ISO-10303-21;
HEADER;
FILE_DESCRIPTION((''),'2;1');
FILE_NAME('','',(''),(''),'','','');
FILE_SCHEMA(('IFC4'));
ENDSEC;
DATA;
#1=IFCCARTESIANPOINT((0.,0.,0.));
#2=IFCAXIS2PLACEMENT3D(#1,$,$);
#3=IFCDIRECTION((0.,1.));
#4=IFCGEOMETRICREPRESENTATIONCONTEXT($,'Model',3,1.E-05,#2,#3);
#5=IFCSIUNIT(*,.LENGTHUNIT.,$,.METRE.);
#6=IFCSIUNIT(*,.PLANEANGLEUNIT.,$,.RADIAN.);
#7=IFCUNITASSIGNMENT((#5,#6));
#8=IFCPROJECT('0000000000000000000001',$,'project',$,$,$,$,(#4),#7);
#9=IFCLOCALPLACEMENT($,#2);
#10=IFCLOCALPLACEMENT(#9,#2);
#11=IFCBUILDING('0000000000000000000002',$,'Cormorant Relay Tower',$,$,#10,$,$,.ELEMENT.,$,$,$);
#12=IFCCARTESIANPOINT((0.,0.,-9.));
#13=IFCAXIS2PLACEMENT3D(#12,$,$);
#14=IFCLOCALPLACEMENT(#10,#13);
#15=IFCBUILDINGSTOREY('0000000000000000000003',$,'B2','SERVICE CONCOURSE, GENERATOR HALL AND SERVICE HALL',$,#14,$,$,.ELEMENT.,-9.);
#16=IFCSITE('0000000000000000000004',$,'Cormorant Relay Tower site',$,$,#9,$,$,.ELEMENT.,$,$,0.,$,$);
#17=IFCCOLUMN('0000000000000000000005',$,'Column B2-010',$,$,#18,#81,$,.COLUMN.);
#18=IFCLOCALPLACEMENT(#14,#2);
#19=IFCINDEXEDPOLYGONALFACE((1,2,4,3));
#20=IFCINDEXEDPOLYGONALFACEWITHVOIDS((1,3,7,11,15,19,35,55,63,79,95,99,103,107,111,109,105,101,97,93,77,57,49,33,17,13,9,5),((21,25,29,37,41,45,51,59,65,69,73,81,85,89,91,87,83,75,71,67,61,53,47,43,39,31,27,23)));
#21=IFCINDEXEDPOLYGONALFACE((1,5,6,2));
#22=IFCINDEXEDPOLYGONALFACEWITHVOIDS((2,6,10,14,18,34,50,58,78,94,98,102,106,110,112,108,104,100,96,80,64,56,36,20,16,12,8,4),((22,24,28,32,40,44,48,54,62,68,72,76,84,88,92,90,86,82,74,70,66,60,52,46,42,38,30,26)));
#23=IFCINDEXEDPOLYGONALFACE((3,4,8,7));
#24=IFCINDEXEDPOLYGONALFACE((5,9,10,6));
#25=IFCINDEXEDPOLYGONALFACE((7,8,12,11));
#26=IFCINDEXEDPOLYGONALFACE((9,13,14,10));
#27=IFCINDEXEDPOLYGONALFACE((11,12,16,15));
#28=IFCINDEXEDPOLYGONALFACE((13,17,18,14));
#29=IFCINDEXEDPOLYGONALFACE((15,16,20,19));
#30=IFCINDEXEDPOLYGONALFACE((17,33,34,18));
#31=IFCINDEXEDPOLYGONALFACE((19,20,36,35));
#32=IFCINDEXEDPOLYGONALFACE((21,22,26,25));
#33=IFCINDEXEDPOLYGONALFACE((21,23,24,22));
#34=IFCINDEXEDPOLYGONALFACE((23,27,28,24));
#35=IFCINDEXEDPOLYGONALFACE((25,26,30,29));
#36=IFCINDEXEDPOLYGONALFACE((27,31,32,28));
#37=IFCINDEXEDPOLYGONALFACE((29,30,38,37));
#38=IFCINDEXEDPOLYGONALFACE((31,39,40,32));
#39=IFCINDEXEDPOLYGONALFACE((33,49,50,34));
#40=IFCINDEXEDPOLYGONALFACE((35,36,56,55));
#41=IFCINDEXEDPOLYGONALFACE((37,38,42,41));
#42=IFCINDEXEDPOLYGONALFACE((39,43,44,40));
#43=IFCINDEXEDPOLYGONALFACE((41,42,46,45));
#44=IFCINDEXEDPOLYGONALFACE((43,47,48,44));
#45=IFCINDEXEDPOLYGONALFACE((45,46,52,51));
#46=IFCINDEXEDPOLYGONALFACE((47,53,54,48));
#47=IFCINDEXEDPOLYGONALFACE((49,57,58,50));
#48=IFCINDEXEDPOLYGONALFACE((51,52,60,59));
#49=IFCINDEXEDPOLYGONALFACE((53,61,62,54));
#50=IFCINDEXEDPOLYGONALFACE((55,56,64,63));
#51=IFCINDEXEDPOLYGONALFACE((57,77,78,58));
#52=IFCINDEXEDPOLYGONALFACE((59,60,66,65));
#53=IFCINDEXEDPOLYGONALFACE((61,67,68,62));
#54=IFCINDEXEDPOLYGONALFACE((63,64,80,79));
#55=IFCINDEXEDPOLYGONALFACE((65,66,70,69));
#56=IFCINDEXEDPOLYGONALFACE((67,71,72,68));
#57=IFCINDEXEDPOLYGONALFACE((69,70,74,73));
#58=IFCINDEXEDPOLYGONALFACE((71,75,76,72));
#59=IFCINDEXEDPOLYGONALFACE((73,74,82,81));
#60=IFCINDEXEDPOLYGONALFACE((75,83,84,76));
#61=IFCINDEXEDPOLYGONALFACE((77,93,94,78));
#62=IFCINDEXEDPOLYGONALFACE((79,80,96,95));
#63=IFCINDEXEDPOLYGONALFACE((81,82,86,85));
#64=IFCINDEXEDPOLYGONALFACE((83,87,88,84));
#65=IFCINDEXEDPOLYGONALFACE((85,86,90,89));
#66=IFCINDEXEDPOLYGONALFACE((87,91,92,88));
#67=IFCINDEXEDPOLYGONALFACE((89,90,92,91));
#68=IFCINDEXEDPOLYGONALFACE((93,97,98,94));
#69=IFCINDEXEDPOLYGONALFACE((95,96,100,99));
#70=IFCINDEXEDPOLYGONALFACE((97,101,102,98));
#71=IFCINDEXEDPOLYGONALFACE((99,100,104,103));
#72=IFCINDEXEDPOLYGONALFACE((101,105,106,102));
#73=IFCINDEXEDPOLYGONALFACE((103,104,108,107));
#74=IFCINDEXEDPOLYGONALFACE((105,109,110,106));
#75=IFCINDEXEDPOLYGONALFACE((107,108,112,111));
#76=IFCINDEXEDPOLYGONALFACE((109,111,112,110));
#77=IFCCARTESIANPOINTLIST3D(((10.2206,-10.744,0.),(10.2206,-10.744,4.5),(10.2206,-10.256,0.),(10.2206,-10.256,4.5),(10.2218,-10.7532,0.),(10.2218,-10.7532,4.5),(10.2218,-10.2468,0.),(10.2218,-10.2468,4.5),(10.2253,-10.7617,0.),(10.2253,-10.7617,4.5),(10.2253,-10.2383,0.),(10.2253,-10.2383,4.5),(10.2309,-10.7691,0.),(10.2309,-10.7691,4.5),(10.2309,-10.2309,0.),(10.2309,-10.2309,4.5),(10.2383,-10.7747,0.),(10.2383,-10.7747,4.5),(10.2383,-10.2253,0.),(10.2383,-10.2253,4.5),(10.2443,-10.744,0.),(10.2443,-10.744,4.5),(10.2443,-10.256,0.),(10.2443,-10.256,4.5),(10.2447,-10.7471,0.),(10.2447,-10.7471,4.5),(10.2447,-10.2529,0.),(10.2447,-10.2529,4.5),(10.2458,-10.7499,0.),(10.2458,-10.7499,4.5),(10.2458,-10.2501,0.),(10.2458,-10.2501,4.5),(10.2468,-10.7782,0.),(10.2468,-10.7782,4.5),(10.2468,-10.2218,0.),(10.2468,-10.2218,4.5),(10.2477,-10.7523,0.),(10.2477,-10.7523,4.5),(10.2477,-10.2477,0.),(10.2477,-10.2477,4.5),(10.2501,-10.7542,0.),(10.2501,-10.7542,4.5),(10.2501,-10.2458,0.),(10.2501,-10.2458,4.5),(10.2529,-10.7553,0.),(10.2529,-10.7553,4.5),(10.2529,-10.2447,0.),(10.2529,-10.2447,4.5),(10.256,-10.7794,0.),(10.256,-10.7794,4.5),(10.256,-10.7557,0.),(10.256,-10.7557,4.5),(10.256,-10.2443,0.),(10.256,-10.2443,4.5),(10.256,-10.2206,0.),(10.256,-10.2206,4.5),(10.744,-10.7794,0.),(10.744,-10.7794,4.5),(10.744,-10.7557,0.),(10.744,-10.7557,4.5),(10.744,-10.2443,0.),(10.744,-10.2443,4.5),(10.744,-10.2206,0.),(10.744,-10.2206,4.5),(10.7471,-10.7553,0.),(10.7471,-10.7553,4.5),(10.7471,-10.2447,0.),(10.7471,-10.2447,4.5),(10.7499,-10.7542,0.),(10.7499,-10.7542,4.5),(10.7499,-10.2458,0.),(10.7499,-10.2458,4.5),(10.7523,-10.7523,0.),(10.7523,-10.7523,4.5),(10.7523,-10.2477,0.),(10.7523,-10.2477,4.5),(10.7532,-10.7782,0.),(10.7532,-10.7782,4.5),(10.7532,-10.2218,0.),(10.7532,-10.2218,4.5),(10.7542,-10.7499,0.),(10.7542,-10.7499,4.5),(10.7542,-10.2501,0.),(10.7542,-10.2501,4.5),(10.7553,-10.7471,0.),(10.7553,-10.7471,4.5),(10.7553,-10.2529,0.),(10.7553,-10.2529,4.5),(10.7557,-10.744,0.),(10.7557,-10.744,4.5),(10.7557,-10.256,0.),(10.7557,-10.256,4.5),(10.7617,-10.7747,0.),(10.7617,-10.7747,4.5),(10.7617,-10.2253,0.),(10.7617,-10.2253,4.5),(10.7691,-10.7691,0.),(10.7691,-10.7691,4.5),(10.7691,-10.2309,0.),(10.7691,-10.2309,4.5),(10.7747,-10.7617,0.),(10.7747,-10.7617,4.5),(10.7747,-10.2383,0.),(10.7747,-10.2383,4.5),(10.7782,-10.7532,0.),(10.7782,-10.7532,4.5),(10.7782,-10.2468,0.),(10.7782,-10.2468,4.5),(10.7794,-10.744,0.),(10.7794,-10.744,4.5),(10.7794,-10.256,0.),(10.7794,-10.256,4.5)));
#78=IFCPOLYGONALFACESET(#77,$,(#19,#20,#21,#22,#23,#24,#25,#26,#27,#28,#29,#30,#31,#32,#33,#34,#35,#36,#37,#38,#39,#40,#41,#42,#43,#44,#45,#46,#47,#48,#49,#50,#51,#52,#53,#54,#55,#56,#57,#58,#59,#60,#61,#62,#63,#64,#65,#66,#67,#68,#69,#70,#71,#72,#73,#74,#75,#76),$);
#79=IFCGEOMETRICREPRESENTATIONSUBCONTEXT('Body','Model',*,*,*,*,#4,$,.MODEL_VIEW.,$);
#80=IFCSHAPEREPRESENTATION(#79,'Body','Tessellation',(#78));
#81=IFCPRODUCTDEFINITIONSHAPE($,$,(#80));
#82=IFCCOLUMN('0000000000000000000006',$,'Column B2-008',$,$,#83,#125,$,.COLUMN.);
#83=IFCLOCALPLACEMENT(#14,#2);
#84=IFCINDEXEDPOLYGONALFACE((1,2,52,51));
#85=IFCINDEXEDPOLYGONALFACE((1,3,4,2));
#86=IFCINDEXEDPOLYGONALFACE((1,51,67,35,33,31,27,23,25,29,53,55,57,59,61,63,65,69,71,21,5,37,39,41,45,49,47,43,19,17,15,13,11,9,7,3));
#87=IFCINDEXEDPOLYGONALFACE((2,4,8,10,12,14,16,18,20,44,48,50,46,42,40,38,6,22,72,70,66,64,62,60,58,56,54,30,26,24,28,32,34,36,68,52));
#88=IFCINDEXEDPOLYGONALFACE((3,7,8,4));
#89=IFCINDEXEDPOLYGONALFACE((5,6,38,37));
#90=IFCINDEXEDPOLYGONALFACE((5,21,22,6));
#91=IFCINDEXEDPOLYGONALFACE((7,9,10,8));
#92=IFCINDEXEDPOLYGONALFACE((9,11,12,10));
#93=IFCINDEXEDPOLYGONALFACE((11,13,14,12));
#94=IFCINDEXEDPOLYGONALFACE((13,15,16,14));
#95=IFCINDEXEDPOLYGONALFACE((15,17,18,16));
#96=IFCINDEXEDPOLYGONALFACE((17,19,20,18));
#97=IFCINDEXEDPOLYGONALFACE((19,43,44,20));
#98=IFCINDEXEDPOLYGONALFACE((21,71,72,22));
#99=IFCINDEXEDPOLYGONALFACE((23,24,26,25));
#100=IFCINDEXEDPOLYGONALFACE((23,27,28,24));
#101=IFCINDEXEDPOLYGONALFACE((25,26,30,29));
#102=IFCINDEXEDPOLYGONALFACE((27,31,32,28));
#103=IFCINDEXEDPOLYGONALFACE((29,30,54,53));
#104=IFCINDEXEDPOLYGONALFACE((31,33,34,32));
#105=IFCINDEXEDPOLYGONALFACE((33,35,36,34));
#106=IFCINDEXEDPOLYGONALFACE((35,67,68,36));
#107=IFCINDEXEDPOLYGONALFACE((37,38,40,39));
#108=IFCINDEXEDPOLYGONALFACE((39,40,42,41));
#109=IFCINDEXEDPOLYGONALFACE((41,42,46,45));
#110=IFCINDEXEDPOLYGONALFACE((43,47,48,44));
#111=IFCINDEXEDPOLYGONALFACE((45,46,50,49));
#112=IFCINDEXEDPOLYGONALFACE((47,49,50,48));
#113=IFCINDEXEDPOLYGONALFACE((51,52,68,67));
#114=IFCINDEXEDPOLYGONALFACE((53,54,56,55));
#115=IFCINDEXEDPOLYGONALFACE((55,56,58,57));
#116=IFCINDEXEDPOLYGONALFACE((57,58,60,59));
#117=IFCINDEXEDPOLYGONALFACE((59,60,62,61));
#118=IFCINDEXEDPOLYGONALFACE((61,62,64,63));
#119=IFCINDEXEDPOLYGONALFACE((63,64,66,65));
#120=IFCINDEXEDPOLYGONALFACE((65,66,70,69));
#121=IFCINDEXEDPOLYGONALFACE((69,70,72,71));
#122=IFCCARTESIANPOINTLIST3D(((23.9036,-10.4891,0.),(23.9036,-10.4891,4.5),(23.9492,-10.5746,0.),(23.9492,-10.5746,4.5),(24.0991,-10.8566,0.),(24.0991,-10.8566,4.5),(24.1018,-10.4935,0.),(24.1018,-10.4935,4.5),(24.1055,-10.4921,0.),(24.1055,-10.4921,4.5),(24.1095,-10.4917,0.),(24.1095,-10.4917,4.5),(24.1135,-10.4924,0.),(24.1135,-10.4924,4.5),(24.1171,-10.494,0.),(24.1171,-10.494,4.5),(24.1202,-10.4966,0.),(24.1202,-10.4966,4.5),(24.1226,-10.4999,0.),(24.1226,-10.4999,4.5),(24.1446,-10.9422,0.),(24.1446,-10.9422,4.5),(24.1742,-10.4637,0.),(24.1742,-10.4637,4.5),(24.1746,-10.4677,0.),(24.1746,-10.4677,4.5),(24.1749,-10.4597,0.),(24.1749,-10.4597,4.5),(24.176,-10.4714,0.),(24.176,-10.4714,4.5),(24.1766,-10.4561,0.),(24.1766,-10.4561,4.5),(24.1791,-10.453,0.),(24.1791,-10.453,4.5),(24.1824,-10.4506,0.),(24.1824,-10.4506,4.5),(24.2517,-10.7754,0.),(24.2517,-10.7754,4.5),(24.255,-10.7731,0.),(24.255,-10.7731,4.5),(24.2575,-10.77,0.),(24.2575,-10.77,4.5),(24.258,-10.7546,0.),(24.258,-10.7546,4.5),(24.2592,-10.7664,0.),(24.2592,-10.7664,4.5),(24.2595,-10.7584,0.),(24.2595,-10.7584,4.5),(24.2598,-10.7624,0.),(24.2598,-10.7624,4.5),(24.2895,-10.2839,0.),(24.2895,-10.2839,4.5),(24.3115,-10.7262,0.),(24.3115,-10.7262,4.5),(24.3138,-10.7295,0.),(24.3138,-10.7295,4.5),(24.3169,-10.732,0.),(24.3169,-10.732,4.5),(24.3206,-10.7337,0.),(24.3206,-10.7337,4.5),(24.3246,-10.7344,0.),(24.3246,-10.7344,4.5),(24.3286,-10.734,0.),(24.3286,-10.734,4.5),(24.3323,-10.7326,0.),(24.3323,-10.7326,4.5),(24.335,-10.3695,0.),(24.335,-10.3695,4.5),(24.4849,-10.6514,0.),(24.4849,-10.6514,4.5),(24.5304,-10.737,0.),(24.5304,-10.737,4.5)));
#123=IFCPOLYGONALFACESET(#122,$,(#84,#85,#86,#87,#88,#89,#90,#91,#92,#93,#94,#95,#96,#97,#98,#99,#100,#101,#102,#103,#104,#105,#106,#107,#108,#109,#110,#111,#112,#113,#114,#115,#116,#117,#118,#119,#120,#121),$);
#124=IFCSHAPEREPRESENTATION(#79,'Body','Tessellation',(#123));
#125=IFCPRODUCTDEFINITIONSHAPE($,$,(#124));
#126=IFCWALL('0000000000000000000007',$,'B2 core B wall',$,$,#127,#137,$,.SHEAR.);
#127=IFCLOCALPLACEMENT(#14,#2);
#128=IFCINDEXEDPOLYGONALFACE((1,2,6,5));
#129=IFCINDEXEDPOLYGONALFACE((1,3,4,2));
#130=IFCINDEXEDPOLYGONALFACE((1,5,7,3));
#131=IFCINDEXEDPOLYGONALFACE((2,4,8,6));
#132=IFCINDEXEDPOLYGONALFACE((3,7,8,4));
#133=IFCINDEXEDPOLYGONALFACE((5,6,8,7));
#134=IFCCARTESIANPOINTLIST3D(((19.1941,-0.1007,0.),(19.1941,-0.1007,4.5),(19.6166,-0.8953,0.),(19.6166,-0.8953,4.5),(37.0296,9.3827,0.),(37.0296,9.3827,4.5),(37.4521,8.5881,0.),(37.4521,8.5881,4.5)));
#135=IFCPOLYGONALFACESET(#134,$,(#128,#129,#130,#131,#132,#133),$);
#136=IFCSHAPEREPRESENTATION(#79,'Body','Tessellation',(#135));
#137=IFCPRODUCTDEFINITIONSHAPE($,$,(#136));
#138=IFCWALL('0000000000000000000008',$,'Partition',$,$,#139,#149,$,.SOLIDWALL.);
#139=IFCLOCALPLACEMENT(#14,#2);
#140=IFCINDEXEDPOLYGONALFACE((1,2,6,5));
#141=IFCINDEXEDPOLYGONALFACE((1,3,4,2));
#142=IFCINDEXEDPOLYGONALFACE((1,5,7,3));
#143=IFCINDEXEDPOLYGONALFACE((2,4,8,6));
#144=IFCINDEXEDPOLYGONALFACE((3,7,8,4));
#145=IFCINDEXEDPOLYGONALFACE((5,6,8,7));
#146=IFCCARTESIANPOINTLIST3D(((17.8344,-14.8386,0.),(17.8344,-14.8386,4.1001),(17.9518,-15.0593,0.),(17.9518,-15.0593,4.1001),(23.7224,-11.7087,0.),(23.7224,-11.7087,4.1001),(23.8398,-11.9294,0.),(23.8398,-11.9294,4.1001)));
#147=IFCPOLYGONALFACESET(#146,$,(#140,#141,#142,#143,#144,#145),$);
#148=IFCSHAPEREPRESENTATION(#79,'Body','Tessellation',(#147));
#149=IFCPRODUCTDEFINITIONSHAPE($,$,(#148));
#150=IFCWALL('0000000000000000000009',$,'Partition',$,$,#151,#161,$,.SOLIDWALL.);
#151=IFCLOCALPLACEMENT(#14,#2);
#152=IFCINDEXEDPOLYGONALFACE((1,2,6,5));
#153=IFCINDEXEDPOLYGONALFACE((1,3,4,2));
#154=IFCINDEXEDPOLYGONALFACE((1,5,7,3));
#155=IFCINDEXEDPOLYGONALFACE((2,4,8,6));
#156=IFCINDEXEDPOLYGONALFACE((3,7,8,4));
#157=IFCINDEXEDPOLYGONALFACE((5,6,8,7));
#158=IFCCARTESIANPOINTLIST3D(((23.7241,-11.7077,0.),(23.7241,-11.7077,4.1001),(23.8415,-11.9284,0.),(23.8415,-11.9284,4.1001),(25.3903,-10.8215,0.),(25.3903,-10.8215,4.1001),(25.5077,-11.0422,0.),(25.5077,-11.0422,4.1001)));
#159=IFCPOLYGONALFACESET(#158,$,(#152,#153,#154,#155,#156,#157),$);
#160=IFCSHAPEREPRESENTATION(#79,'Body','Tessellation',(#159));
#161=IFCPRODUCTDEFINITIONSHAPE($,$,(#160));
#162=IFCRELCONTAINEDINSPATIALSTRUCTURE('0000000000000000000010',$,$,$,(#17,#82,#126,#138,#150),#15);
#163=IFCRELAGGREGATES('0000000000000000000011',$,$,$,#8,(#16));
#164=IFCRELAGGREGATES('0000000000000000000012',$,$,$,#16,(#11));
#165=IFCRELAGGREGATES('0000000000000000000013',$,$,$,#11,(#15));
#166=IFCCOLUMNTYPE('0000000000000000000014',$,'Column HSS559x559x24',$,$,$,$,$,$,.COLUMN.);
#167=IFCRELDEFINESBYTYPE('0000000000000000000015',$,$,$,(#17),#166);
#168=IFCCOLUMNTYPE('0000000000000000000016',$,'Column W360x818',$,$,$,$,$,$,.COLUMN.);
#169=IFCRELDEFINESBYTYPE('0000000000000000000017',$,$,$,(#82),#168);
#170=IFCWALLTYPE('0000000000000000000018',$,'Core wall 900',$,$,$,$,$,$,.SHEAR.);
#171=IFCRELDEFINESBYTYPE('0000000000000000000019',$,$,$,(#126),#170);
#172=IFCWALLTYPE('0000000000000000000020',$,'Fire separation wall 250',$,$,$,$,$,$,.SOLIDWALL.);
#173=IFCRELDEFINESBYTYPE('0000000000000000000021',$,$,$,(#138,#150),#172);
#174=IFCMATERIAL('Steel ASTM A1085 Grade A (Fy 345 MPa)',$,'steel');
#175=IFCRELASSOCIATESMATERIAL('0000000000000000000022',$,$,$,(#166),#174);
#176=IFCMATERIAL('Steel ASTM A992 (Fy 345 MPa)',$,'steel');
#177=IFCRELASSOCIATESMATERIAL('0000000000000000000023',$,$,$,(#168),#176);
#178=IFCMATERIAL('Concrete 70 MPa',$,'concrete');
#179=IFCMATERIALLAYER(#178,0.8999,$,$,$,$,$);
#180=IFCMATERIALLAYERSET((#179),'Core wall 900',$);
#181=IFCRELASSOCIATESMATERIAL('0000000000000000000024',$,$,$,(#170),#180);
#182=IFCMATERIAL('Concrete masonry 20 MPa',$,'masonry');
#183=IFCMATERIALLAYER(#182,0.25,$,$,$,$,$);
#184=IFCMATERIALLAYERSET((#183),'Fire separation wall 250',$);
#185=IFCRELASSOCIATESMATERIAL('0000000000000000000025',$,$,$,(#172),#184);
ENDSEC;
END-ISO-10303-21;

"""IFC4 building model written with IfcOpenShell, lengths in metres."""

from ifc_helpers import new_model, si_unit, direction, frame, frame_2d, origin, origin_2d, place, context, subcontext, project, spatial, rectangle, hollow_rectangle, i_section, extrude, material, layer, layer_set, material_profile, profile_set, type_object, element, save


model = new_model("IFC4")

# Units and contexts
model_context = context("Model", 3, precision=1e-05, world=origin(), true_north=direction((0.0, 1.0)))
body_context = subcontext(model_context, "Body", "Model", "MODEL_VIEW")
ifc_project = project(units=[si_unit("LENGTHUNIT", "METRE"), si_unit("PLANEANGLEUNIT", "RADIAN")], contexts=[model_context])

# Site, building, storey
site_placement = place(None, origin())
site = spatial("IfcSite", under=ifc_project, at=site_placement, Name="Cormorant Relay Tower site", CompositionType="ELEMENT", RefElevation=0.0)
building_placement = place(site_placement, origin())
building = spatial("IfcBuilding", under=site, at=building_placement, Name="Cormorant Relay Tower", CompositionType="ELEMENT")
storey_placement = place(building_placement, frame((0.0, 0.0, -9.0)))
storey = spatial("IfcBuildingStorey", under=building, at=storey_placement, Name="B2", Description="SERVICE CONCOURSE, GENERATOR HALL AND SERVICE HALL", CompositionType="ELEMENT", Elevation=-9.0)

# Columns
ifc_material_1 = material(Name="Steel ASTM A1085 Grade A (Fy 345 MPa)", Category="steel")
ifc_material_profile_1 = material_profile(ifc_material_1, hollow_rectangle(XDim=0.5588, YDim=0.5588, WallThickness=0.0237, InnerFilletRadius=0.0117, OuterFilletRadius=0.0354, at=origin_2d()), Name="HSS559x559x24")
ifc_profile_set_1 = profile_set([ifc_material_profile_1], Name="Steel ASTM A1085 Grade A (Fy 345 MPa)")
column_type_1 = type_object("IfcColumnType", Name="Column HSS559x559x24", PredefinedType="COLUMN", material=ifc_profile_set_1)
column_1_placement = place(storey_placement, frame((10.5, -10.5, 0.0), z_axis=(0.0, 0.0, 1.0), x_axis=(1.0, 0.0, 0.0)))
element("IfcColumn", 1, at=column_1_placement, inside=storey, type_object=column_type_1, Name="Column B2-010", PredefinedType="COLUMN", context=body_context, shape_type="SweptSolid", body=[
    extrude(hollow_rectangle(XDim=0.5588, YDim=0.5588, WallThickness=0.0237, InnerFilletRadius=0.0117, OuterFilletRadius=0.0354, at=origin_2d()), origin(), (0.0, 0.0, 1.0), 4.5),
])
ifc_material_2 = material(Name="Steel ASTM A992 (Fy 345 MPa)", Category="steel")
ifc_material_profile_2 = material_profile(ifc_material_2, i_section(OverallWidth=0.437, OverallDepth=0.5132, WebThickness=0.0605, FlangeThickness=0.0969, FilletRadius=0.0154, at=origin_2d()), Name="W360x818")
ifc_profile_set_2 = profile_set([ifc_material_profile_2], Name="Steel ASTM A992 (Fy 345 MPa)")
column_type_2 = type_object("IfcColumnType", Name="Column W360x818", PredefinedType="COLUMN", material=ifc_profile_set_2)
column_2_placement = place(storey_placement, frame((24.217, -10.613, 0.0), z_axis=(0.0, 0.0, 1.0), x_axis=(0.882948, 0.469472, 0.0)))
element("IfcColumn", 2, at=column_2_placement, inside=storey, type_object=column_type_2, Name="Column B2-008", PredefinedType="COLUMN", context=body_context, shape_type="SweptSolid", body=[
    extrude(i_section(OverallWidth=0.437, OverallDepth=0.5132, WebThickness=0.0605, FlangeThickness=0.0969, FilletRadius=0.0154, at=origin_2d()), origin(), (0.0, 0.0, 1.0), 4.5),
])

# Shared definitions
ifc_material_3 = material(Name="Concrete 70 MPa", Category="concrete")
ifc_layer_1 = layer(ifc_material_3, 0.8999)
ifc_layer_set_1 = layer_set([ifc_layer_1], Name="Core wall 900")
wall_type_1 = type_object("IfcWallType", Name="Core wall 900", PredefinedType="SHEAR", material=ifc_layer_set_1)

# Walls
wall_1_placement = place(storey_placement, frame((19.4053, -0.498, 0.0), z_axis=(0.0, 0.0, 1.0), x_axis=(0.882945, 0.469476, 0.0)))
element("IfcWall", 3, at=wall_1_placement, inside=storey, type_object=wall_type_1, Name="B2 core B wall", PredefinedType="SHEAR", context=body_context, shape_type="SweptSolid", body=[
    extrude(rectangle(XDim=20.2, YDim=0.8999, at=frame_2d((10.1001, 0.0))), origin(), (0.0, 0.0, 1.0), 4.5),
])
ifc_material_4 = material(Name="Concrete masonry 20 MPa", Category="masonry")
ifc_layer_2 = layer(ifc_material_4, 0.25)
ifc_layer_set_2 = layer_set([ifc_layer_2], Name="Fire separation wall 250")
wall_type_2 = type_object("IfcWallType", Name="Fire separation wall 250", PredefinedType="SOLIDWALL", material=ifc_layer_set_2)
wall_2_placement = place(storey_placement, frame((23.781, -11.8191, 0.0), z_axis=(0.0, 0.0, 1.0), x_axis=(-0.882997, -0.469379, 0.0)))
element("IfcWall", 4, at=wall_2_placement, inside=storey, type_object=wall_type_2, Name="Partition", PredefinedType="SOLIDWALL", context=body_context, shape_type="SweptSolid", body=[
    extrude(rectangle(XDim=6.6682, YDim=0.25, at=frame_2d((3.334, 0.0))), origin(), (0.0, 0.0, 1.0), 4.1001),
])
wall_3_placement = place(storey_placement, frame((25.449, -10.9319, 0.0), z_axis=(0.0, 0.0, 1.0), x_axis=(-0.88289, -0.469581, 0.0)))
element("IfcWall", 5, at=wall_3_placement, inside=storey, type_object=wall_type_2, Name="Partition", PredefinedType="SOLIDWALL", context=body_context, shape_type="SweptSolid", body=[
    extrude(rectangle(XDim=1.8872, YDim=0.25, at=frame_2d((0.9436, 0.0))), origin(), (0.0, 0.0, 1.0), 4.1001),
])

save(model, "model.ifc")
